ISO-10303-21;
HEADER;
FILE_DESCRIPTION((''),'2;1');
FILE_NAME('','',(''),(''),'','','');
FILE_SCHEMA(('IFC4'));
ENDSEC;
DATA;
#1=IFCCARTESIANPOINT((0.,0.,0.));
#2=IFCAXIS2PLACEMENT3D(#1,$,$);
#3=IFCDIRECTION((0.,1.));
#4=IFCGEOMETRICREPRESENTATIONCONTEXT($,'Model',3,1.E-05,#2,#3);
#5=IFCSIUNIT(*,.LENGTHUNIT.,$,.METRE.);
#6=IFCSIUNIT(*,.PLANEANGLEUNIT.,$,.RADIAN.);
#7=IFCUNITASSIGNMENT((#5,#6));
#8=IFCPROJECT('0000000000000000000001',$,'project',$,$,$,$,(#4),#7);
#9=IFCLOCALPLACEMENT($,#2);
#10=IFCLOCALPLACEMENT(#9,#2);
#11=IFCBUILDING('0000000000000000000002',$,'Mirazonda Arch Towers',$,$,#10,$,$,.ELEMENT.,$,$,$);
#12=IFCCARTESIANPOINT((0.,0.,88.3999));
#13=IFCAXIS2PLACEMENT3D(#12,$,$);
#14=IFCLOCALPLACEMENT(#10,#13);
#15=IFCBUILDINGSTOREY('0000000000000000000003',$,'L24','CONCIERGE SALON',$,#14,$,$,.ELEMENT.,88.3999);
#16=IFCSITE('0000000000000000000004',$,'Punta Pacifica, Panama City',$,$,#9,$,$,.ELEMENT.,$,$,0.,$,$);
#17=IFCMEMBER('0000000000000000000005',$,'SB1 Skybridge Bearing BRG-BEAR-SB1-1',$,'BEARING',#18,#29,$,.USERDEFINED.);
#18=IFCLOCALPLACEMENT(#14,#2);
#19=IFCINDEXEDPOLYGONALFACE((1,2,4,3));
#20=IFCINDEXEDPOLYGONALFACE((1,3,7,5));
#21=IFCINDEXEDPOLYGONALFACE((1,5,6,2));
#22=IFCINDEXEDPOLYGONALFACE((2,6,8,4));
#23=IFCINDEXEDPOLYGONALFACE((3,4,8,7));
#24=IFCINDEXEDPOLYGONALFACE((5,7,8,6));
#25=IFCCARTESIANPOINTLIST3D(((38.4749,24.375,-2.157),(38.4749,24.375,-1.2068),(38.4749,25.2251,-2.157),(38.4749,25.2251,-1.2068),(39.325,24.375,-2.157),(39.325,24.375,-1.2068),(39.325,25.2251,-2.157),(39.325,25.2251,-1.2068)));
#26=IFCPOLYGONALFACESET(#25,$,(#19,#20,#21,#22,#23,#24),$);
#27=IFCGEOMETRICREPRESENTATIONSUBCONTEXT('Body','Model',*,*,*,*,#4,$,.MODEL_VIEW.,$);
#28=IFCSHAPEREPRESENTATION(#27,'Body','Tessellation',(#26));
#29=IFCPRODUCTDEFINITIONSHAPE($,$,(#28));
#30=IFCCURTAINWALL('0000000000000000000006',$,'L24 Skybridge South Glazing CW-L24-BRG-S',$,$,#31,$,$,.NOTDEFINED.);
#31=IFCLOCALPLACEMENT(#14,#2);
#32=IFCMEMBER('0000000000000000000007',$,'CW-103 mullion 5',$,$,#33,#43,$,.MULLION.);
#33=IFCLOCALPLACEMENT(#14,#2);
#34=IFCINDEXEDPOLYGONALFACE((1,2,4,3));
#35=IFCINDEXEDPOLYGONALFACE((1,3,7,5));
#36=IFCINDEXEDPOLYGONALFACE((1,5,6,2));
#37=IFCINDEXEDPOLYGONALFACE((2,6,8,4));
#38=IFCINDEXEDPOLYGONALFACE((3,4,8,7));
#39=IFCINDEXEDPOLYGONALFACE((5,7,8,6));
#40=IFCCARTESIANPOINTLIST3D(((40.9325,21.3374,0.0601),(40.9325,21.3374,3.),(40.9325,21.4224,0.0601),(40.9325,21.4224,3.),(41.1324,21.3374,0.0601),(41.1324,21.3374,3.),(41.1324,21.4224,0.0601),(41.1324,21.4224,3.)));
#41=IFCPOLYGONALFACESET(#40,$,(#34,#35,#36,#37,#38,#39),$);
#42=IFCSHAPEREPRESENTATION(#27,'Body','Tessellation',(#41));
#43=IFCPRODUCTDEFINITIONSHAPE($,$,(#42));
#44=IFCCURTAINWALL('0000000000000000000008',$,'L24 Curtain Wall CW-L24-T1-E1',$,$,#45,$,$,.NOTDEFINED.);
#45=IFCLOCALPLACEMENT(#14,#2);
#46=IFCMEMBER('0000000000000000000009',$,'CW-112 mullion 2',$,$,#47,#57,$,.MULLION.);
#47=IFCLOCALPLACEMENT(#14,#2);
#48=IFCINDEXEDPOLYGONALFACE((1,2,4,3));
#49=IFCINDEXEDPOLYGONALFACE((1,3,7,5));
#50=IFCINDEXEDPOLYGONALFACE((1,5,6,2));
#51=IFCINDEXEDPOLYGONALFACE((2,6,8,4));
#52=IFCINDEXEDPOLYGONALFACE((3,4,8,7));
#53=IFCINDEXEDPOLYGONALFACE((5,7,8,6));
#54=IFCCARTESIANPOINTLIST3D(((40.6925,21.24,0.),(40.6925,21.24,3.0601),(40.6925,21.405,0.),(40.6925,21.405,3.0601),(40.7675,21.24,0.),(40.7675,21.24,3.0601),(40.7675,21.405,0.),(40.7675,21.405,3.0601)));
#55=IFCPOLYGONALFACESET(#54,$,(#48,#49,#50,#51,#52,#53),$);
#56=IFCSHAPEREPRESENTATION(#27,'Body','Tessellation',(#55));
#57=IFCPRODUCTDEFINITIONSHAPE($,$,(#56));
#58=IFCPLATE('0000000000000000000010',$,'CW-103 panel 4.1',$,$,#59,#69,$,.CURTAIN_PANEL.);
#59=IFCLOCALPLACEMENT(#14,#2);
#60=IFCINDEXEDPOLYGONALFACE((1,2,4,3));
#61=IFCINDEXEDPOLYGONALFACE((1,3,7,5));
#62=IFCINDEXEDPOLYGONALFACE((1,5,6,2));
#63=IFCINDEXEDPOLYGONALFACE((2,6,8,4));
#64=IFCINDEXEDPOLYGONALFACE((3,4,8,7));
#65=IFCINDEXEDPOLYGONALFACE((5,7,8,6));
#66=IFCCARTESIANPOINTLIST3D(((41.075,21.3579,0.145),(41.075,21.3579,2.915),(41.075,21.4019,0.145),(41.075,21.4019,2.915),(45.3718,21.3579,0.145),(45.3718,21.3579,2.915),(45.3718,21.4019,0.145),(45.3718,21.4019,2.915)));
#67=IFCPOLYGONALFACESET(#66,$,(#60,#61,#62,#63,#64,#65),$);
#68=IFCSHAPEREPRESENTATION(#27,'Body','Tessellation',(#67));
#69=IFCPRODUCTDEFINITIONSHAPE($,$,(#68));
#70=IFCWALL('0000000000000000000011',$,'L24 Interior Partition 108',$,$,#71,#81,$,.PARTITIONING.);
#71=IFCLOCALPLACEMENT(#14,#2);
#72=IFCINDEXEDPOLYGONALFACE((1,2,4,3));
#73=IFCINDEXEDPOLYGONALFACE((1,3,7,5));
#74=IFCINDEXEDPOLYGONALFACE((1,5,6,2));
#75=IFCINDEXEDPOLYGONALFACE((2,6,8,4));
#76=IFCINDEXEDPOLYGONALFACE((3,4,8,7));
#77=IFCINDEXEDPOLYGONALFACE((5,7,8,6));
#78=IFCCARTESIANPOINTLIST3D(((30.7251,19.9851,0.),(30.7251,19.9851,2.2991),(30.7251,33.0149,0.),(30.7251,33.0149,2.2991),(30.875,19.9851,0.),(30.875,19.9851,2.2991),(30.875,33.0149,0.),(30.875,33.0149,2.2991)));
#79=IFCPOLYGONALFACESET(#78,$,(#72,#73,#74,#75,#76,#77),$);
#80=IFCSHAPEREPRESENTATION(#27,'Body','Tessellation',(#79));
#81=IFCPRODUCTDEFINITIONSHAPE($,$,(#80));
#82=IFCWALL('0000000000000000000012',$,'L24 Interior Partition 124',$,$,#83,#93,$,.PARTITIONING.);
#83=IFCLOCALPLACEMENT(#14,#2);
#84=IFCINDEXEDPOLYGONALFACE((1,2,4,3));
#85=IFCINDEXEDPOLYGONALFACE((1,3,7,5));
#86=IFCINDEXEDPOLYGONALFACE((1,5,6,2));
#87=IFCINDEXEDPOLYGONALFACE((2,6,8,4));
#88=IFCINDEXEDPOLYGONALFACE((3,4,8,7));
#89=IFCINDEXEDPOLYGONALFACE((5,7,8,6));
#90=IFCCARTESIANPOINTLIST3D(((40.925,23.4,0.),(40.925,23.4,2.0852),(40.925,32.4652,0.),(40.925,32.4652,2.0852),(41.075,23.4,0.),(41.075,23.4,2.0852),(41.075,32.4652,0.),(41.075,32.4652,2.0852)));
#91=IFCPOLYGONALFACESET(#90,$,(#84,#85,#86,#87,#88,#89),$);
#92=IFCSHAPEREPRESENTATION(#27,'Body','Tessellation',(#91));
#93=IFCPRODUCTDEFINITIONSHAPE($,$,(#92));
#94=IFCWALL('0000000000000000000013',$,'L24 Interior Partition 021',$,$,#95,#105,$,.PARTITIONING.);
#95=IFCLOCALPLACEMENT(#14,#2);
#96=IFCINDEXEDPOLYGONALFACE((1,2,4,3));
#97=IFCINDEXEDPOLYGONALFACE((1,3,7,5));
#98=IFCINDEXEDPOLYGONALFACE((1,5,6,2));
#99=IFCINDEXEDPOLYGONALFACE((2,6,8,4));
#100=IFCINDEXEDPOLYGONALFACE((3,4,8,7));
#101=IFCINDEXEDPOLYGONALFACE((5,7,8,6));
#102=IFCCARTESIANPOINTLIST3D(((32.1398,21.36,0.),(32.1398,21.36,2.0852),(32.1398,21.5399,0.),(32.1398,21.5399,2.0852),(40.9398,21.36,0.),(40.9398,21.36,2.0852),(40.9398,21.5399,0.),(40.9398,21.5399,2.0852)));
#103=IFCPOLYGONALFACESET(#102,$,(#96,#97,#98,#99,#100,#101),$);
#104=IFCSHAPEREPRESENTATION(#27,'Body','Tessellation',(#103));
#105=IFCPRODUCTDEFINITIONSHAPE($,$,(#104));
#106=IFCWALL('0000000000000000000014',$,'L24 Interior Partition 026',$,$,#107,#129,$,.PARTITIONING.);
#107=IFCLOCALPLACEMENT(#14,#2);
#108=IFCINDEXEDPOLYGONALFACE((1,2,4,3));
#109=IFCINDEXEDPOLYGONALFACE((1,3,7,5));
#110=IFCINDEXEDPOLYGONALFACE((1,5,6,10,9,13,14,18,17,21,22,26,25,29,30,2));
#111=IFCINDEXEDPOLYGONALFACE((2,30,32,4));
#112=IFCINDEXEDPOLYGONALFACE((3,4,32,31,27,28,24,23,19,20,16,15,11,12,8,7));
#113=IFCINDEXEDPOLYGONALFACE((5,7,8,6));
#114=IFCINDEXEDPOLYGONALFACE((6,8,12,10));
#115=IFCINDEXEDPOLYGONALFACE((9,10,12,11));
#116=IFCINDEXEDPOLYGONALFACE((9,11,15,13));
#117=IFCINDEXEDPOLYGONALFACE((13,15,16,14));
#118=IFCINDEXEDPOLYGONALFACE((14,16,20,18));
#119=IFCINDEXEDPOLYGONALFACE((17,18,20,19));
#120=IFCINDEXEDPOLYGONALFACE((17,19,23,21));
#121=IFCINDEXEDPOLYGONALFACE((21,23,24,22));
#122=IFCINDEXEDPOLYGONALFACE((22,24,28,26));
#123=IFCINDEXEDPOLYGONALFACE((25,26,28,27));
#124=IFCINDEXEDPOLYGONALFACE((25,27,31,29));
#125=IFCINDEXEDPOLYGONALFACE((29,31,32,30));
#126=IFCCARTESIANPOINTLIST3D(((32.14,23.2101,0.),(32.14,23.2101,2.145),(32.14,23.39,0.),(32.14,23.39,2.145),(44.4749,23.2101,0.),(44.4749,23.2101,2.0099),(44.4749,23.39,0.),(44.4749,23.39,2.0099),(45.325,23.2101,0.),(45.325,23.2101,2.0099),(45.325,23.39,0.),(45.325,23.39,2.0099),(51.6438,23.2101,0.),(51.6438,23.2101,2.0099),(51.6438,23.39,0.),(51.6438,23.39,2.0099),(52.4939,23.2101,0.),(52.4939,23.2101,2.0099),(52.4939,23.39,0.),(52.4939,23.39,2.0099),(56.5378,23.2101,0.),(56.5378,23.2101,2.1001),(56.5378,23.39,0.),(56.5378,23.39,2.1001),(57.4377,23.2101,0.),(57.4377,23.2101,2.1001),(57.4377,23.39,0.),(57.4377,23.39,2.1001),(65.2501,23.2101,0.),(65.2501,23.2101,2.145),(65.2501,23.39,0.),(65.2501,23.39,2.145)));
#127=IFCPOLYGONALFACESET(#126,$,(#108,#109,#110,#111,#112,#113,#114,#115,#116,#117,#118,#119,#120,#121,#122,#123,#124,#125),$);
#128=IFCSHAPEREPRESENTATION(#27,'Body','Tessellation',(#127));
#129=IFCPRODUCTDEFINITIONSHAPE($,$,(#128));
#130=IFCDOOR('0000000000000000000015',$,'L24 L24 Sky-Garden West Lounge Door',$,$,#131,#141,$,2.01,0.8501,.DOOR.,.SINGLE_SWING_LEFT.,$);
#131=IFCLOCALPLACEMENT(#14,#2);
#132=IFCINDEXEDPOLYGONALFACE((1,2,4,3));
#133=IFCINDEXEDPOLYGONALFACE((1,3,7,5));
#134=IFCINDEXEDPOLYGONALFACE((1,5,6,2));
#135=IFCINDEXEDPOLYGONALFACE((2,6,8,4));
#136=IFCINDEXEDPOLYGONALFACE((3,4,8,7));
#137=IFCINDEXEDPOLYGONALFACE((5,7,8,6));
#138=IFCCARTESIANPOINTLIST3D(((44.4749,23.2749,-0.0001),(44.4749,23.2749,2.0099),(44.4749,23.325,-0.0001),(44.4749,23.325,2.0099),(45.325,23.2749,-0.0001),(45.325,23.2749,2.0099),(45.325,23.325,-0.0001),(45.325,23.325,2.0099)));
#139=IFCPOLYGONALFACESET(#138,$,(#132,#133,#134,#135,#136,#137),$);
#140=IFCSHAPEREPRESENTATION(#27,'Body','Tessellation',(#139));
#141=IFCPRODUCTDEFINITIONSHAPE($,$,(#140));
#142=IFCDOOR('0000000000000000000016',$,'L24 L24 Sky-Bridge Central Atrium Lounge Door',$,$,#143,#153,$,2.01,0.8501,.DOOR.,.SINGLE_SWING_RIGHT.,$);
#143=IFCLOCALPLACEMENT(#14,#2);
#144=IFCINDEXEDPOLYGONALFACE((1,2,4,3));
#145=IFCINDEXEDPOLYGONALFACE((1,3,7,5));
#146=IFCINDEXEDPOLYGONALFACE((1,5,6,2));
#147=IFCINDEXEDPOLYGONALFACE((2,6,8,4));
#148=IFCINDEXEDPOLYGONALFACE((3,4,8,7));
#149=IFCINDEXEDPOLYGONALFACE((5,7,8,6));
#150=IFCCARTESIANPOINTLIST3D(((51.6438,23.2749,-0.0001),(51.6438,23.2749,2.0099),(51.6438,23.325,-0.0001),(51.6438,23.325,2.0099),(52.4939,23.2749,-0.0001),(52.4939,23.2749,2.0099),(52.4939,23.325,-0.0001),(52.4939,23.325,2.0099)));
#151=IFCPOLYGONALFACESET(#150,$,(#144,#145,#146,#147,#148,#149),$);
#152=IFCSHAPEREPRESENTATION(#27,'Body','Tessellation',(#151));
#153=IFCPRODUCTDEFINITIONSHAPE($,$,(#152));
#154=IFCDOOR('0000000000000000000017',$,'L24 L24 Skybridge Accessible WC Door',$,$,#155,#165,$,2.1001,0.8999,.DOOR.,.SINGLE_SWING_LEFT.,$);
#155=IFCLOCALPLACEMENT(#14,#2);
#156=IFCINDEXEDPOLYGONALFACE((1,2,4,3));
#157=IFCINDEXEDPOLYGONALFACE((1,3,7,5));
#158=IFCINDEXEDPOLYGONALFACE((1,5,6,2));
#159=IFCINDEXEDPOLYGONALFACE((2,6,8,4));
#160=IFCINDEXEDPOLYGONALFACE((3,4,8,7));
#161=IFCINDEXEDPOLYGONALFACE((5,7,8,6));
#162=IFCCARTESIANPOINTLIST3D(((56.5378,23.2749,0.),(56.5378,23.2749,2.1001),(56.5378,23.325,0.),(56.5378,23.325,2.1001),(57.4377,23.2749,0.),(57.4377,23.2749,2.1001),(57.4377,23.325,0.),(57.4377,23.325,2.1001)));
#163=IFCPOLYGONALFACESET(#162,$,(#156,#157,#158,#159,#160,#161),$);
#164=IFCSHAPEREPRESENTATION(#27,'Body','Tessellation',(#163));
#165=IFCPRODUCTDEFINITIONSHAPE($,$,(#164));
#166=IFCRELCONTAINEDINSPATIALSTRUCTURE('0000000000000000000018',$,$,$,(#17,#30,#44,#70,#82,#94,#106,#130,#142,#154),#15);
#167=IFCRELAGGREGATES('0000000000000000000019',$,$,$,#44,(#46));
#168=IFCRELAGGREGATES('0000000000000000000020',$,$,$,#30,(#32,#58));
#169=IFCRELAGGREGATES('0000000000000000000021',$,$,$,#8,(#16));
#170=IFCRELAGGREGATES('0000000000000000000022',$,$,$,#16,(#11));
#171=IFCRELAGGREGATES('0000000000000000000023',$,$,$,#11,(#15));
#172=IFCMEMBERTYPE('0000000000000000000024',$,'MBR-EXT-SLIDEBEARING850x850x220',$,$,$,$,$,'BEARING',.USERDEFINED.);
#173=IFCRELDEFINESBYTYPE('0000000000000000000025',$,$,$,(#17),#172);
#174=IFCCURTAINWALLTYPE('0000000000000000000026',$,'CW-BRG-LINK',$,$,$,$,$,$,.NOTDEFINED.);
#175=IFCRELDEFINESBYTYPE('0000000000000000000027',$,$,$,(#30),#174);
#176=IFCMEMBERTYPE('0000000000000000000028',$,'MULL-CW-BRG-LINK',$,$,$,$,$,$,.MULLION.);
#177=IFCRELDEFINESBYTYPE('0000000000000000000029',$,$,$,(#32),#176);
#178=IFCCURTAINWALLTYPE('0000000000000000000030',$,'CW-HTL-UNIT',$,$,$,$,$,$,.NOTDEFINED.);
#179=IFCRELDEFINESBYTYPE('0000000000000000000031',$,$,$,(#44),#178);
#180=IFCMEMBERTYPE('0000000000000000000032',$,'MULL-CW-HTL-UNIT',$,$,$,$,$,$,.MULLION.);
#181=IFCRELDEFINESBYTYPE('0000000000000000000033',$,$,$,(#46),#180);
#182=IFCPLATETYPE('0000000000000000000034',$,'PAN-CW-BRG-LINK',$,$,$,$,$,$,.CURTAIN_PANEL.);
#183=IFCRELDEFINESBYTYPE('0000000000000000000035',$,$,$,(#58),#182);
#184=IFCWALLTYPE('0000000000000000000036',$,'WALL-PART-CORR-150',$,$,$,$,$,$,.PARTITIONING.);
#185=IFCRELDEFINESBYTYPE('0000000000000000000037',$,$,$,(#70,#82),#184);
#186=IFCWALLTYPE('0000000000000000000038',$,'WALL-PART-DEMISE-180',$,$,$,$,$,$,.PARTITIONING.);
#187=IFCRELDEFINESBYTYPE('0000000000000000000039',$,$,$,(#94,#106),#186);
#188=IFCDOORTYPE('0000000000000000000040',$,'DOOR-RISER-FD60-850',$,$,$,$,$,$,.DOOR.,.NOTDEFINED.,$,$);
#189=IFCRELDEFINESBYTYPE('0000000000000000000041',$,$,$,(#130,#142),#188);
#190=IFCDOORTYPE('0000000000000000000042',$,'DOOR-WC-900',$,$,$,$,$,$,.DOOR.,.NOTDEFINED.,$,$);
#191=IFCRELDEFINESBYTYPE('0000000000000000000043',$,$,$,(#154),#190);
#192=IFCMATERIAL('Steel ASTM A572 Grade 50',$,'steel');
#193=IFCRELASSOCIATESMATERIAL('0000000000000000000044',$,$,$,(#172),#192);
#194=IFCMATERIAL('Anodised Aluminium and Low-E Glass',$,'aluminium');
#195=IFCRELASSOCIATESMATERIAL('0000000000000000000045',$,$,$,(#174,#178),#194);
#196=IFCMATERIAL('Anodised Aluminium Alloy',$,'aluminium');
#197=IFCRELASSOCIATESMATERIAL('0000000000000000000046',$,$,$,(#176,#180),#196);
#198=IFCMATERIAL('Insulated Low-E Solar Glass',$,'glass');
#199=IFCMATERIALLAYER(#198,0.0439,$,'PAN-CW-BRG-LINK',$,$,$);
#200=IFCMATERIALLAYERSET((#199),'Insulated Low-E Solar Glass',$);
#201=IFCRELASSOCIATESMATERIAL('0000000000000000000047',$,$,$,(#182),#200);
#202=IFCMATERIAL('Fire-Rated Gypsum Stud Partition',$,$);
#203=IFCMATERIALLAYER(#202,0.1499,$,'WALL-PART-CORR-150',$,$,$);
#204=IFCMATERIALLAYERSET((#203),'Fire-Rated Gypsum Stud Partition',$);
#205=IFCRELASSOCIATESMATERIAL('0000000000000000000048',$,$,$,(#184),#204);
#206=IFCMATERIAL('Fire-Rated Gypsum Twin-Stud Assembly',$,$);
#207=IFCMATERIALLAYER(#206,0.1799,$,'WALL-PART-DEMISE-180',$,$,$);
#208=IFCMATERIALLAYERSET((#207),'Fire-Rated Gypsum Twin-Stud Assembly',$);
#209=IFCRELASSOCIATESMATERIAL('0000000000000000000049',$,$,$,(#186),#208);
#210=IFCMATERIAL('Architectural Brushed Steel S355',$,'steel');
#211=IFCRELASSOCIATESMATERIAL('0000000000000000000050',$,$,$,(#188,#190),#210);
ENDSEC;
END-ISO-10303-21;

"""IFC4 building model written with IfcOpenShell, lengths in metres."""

from ifc_helpers import new_model, si_unit, direction, frame, frame_2d, origin, origin_2d, place, context, subcontext, project, spatial, rectangle, extrude, material, layer, layer_set, material_profile, profile_set, type_object, element, fill, aggregate, save


model = new_model("IFC4")

# Units and contexts
model_context = context("Model", 3, precision=1e-05, world=origin(), true_north=direction((0.0, 1.0)))
body_context = subcontext(model_context, "Body", "Model", "MODEL_VIEW")
ifc_project = project(units=[si_unit("LENGTHUNIT", "METRE"), si_unit("PLANEANGLEUNIT", "RADIAN")], contexts=[model_context])

# Site, building, storey
site_placement = place(None, origin())
site = spatial("IfcSite", under=ifc_project, at=site_placement, Name="Punta Pacifica, Panama City", CompositionType="ELEMENT", RefElevation=0.0)
building_placement = place(site_placement, origin())
building = spatial("IfcBuilding", under=site, at=building_placement, Name="Mirazonda Arch Towers", CompositionType="ELEMENT")
storey_placement = place(building_placement, frame((0.0, 0.0, 88.3999)))
storey = spatial("IfcBuildingStorey", under=building, at=storey_placement, Name="L24", Description="CONCIERGE SALON", CompositionType="ELEMENT", Elevation=88.3999)

# Shared definitions
ifc_material_1 = material(Name="Steel ASTM A572 Grade 50", Category="steel")

# Member
ifc_material_profile_1 = material_profile(ifc_material_1, rectangle(XDim=0.8501, YDim=0.8501, at=origin_2d()), Name="SLIDEBEARING850x850x220")
ifc_profile_set_1 = profile_set([ifc_material_profile_1], Name="Steel ASTM A572 Grade 50")
member_type_1 = type_object("IfcMemberType", Name="MBR-EXT-SLIDEBEARING850x850x220", ElementType="BEARING", PredefinedType="USERDEFINED", material=ifc_profile_set_1)
member_1_placement = place(storey_placement, frame((38.8999, 24.8, -2.157), z_axis=(0.0, 0.0, 1.0), x_axis=(1.0, 0.0, 0.0)))
element("IfcMember", 1, at=member_1_placement, inside=storey, type_object=member_type_1, Name="SB1 Skybridge Bearing BRG-BEAR-SB1-1", ObjectType="BEARING", PredefinedType="USERDEFINED", context=body_context, shape_type="SweptSolid", body=[
    extrude(rectangle(XDim=0.8501, YDim=0.8501, at=origin_2d()), origin(), (0.0, 0.0, 1.0), 0.9502),
])

# Curtain walls, members
ifc_material_2 = material(Name="Anodised Aluminium and Low-E Glass", Category="aluminium")
curtain_wall_type_1 = type_object("IfcCurtainWallType", Name="CW-BRG-LINK", PredefinedType="NOTDEFINED", material=ifc_material_2)
curtain_wall_1_placement = place(storey_placement, origin())
curtain_wall_1 = element("IfcCurtainWall", 2, at=curtain_wall_1_placement, inside=storey, type_object=curtain_wall_type_1, Name="L24 Skybridge South Glazing CW-L24-BRG-S", PredefinedType="NOTDEFINED")
ifc_material_3 = material(Name="Anodised Aluminium Alloy", Category="aluminium")
ifc_material_profile_2 = material_profile(ifc_material_3, rectangle(XDim=0.085, YDim=0.2, at=origin_2d()), Name="ALU-MULL-85x200")
ifc_profile_set_2 = profile_set([ifc_material_profile_2], Name="Anodised Aluminium Alloy")
member_type_2 = type_object("IfcMemberType", Name="MULL-CW-BRG-LINK", PredefinedType="MULLION", material=ifc_profile_set_2)
member_2_placement = place(storey_placement, frame((41.0325, 21.3799, 0.0601), z_axis=(0.0, 0.0, 1.0), x_axis=(0.0, -1.0, 0.0)))
member_2 = element("IfcMember", 3, at=member_2_placement, type_object=member_type_2, Name="CW-103 mullion 5", PredefinedType="MULLION", context=body_context, shape_type="SweptSolid", body=[
    extrude(rectangle(XDim=0.085, YDim=0.2, at=origin_2d()), origin(), (0.0, 0.0, 1.0), 2.9399),
])
curtain_wall_type_2 = type_object("IfcCurtainWallType", Name="CW-HTL-UNIT", PredefinedType="NOTDEFINED", material=ifc_material_2)
curtain_wall_2_placement = place(storey_placement, origin())
curtain_wall_2 = element("IfcCurtainWall", 4, at=curtain_wall_2_placement, inside=storey, type_object=curtain_wall_type_2, Name="L24 Curtain Wall CW-L24-T1-E1", PredefinedType="NOTDEFINED")
ifc_material_profile_3 = material_profile(ifc_material_3, rectangle(XDim=0.075, YDim=0.165, at=origin_2d()), Name="ALU-MULL-75x165")
ifc_profile_set_3 = profile_set([ifc_material_profile_3], Name="Anodised Aluminium Alloy")
member_type_3 = type_object("IfcMemberType", Name="MULL-CW-HTL-UNIT", PredefinedType="MULLION", material=ifc_profile_set_3)
member_3_placement = place(storey_placement, frame((40.73, 21.3225, 0.0), z_axis=(0.0, 0.0, 1.0), x_axis=(-1.0, 0.0, 0.0)))
member_3 = element("IfcMember", 5, at=member_3_placement, type_object=member_type_3, Name="CW-112 mullion 2", PredefinedType="MULLION", context=body_context, shape_type="SweptSolid", body=[
    extrude(rectangle(XDim=0.075, YDim=0.165, at=origin_2d()), origin(), (0.0, 0.0, 1.0), 3.0601),
])
aggregate(curtain_wall_2, [member_3])

# Plate
ifc_material_4 = material(Name="Insulated Low-E Solar Glass", Category="glass")
ifc_layer_1 = layer(ifc_material_4, 0.0439, Name="PAN-CW-BRG-LINK")
ifc_layer_set_1 = layer_set([ifc_layer_1], Name="Insulated Low-E Solar Glass")
plate_type = type_object("IfcPlateType", Name="PAN-CW-BRG-LINK", PredefinedType="CURTAIN_PANEL", material=ifc_layer_set_1)
plate_placement = place(storey_placement, frame((43.2234, 21.3799, 0.145), z_axis=(0.0, 0.0, 1.0), x_axis=(-1.0, 0.0, 0.0)))
plate = element("IfcPlate", 6, at=plate_placement, type_object=plate_type, Name="CW-103 panel 4.1", PredefinedType="CURTAIN_PANEL", context=body_context, shape_type="SweptSolid", body=[
    extrude(rectangle(XDim=4.2969, YDim=0.0439, at=origin_2d()), origin(), (0.0, 0.0, 1.0), 2.77),
])
aggregate(curtain_wall_1, [member_2, plate])

# Walls
ifc_material_5 = material(Name="Fire-Rated Gypsum Stud Partition")
ifc_layer_2 = layer(ifc_material_5, 0.1499, Name="WALL-PART-CORR-150")
ifc_layer_set_2 = layer_set([ifc_layer_2], Name="Fire-Rated Gypsum Stud Partition")
wall_type_1 = type_object("IfcWallType", Name="WALL-PART-CORR-150", PredefinedType="PARTITIONING", material=ifc_layer_set_2)
wall_1_placement = place(storey_placement, frame((30.8, 19.9851, 0.0), z_axis=(0.0, 0.0, 1.0), x_axis=(0.0, 1.0, 0.0)))
element("IfcWall", 7, at=wall_1_placement, inside=storey, type_object=wall_type_1, Name="L24 Interior Partition 108", PredefinedType="PARTITIONING", context=body_context, shape_type="SweptSolid", body=[
    extrude(rectangle(XDim=13.0298, YDim=0.1499, at=frame_2d((6.5149, 0.0))), origin(), (0.0, 0.0, 1.0), 2.2991),
])
wall_2_placement = place(storey_placement, frame((41.0, 23.3999, 0.0), z_axis=(0.0, 0.0, 1.0), x_axis=(0.0, 1.0, 0.0)))
element("IfcWall", 8, at=wall_2_placement, inside=storey, type_object=wall_type_1, Name="L24 Interior Partition 124", PredefinedType="PARTITIONING", context=body_context, shape_type="SweptSolid", body=[
    extrude(rectangle(XDim=9.0652, YDim=0.1499, at=frame_2d((4.5327, 0.0))), origin(), (0.0, 0.0, 1.0), 2.0852),
])
ifc_material_6 = material(Name="Fire-Rated Gypsum Twin-Stud Assembly")
ifc_layer_3 = layer(ifc_material_6, 0.1799, Name="WALL-PART-DEMISE-180")
ifc_layer_set_3 = layer_set([ifc_layer_3], Name="Fire-Rated Gypsum Twin-Stud Assembly")
wall_type_2 = type_object("IfcWallType", Name="WALL-PART-DEMISE-180", PredefinedType="PARTITIONING", material=ifc_layer_set_3)
wall_3_placement = place(storey_placement, frame((32.1399, 21.45, 0.0), z_axis=(0.0, 0.0, 1.0), x_axis=(1.0, 0.0, 0.0)))
element("IfcWall", 9, at=wall_3_placement, inside=storey, type_object=wall_type_2, Name="L24 Interior Partition 021", PredefinedType="PARTITIONING", context=body_context, shape_type="SweptSolid", body=[
    extrude(rectangle(XDim=8.8, YDim=0.1799, at=frame_2d((4.3999, 0.0))), origin(), (0.0, 0.0, 1.0), 2.0852),
])

# Wall, openings, doors
wall_4_placement = place(storey_placement, frame((32.1399, 23.3, 0.0), z_axis=(0.0, 0.0, 1.0), x_axis=(1.0, 0.0, 0.0)))
wall_4 = element("IfcWall", 10, at=wall_4_placement, inside=storey, type_object=wall_type_2, Name="L24 Interior Partition 026", PredefinedType="PARTITIONING", context=body_context, shape_type="SweptSolid", body=[
    extrude(rectangle(XDim=33.1101, YDim=0.1799, at=frame_2d((16.5552, 0.0))), origin(), (0.0, 0.0, 1.0), 2.145),
])
opening_1_placement = place(wall_4_placement, frame((12.335, 0.0, 0.0)))
opening_1 = element("IfcOpeningElement", 11, at=opening_1_placement, cuts=wall_4, PredefinedType="OPENING", context=body_context, shape_type="SweptSolid", body=[
    extrude(rectangle(XDim=0.8501, YDim=2.01, at=frame_2d((0.425, 1.0049))), frame((0.0, 0.0999, 0.0), z_axis=(0.0, -1.0, 0.0), x_axis=(1.0, 0.0, 0.0)), (0.0, 0.0, 1.0), 0.2),
])
opening_2_placement = place(wall_4_placement, frame((19.5039, 0.0, 0.0)))
opening_2 = element("IfcOpeningElement", 12, at=opening_2_placement, cuts=wall_4, PredefinedType="OPENING", context=body_context, shape_type="SweptSolid", body=[
    extrude(rectangle(XDim=0.8501, YDim=2.01, at=frame_2d((0.425, 1.0049))), frame((0.0, 0.0999, 0.0), z_axis=(0.0, -1.0, 0.0), x_axis=(1.0, 0.0, 0.0)), (0.0, 0.0, 1.0), 0.2),
])
opening_3_placement = place(wall_4_placement, frame((24.3979, 0.0, 0.0)))
opening_3 = element("IfcOpeningElement", 13, at=opening_3_placement, cuts=wall_4, PredefinedType="OPENING", context=body_context, shape_type="SweptSolid", body=[
    extrude(rectangle(XDim=0.8999, YDim=2.1001, at=frame_2d((0.45, 1.05))), frame((0.0, 0.0999, 0.0), z_axis=(0.0, -1.0, 0.0), x_axis=(1.0, 0.0, 0.0)), (0.0, 0.0, 1.0), 0.2),
])
ifc_material_7 = material(Name="Architectural Brushed Steel S355", Category="steel")
door_type_1 = type_object("IfcDoorType", Name="DOOR-RISER-FD60-850", OperationType="NOTDEFINED", PredefinedType="DOOR", material=ifc_material_7)
door_1_placement = place(opening_1_placement, origin())
door_1 = element("IfcDoor", 14, at=door_1_placement, inside=storey, type_object=door_type_1, Name="L24 L24 Sky-Garden West Lounge Door", OperationType="SINGLE_SWING_LEFT", OverallHeight=2.01, OverallWidth=0.8501, PredefinedType="DOOR", context=body_context, shape_type="SweptSolid", body=[
    extrude(rectangle(XDim=0.8501, YDim=2.01, at=frame_2d((0.425, 1.0049))), frame((0.0, 0.0249, 0.0), z_axis=(0.0, -1.0, 0.0), x_axis=(1.0, 0.0, 0.0)), (0.0, 0.0, 1.0), 0.05),
])
fill(opening_1, door_1)
door_2_placement = place(opening_2_placement, origin())
door_2 = element("IfcDoor", 15, at=door_2_placement, inside=storey, type_object=door_type_1, Name="L24 L24 Sky-Bridge Central Atrium Lounge Door", OperationType="SINGLE_SWING_RIGHT", OverallHeight=2.01, OverallWidth=0.8501, PredefinedType="DOOR", context=body_context, shape_type="SweptSolid", body=[
    extrude(rectangle(XDim=0.8501, YDim=2.01, at=frame_2d((0.425, 1.0049))), frame((0.0, 0.0249, 0.0), z_axis=(0.0, -1.0, 0.0), x_axis=(1.0, 0.0, 0.0)), (0.0, 0.0, 1.0), 0.05),
])
fill(opening_2, door_2)
door_type_2 = type_object("IfcDoorType", Name="DOOR-WC-900", OperationType="NOTDEFINED", PredefinedType="DOOR", material=ifc_material_7)
door_3_placement = place(opening_3_placement, origin())
door_3 = element("IfcDoor", 16, at=door_3_placement, inside=storey, type_object=door_type_2, Name="L24 L24 Skybridge Accessible WC Door", OperationType="SINGLE_SWING_LEFT", OverallHeight=2.1001, OverallWidth=0.8999, PredefinedType="DOOR", context=body_context, shape_type="SweptSolid", body=[
    extrude(rectangle(XDim=0.8999, YDim=2.1001, at=frame_2d((0.45, 1.05))), frame((0.0, 0.0249, 0.0), z_axis=(0.0, -1.0, 0.0), x_axis=(1.0, 0.0, 0.0)), (0.0, 0.0, 1.0), 0.05),
])
fill(opening_3, door_3)

save(model, "model.ifc")
